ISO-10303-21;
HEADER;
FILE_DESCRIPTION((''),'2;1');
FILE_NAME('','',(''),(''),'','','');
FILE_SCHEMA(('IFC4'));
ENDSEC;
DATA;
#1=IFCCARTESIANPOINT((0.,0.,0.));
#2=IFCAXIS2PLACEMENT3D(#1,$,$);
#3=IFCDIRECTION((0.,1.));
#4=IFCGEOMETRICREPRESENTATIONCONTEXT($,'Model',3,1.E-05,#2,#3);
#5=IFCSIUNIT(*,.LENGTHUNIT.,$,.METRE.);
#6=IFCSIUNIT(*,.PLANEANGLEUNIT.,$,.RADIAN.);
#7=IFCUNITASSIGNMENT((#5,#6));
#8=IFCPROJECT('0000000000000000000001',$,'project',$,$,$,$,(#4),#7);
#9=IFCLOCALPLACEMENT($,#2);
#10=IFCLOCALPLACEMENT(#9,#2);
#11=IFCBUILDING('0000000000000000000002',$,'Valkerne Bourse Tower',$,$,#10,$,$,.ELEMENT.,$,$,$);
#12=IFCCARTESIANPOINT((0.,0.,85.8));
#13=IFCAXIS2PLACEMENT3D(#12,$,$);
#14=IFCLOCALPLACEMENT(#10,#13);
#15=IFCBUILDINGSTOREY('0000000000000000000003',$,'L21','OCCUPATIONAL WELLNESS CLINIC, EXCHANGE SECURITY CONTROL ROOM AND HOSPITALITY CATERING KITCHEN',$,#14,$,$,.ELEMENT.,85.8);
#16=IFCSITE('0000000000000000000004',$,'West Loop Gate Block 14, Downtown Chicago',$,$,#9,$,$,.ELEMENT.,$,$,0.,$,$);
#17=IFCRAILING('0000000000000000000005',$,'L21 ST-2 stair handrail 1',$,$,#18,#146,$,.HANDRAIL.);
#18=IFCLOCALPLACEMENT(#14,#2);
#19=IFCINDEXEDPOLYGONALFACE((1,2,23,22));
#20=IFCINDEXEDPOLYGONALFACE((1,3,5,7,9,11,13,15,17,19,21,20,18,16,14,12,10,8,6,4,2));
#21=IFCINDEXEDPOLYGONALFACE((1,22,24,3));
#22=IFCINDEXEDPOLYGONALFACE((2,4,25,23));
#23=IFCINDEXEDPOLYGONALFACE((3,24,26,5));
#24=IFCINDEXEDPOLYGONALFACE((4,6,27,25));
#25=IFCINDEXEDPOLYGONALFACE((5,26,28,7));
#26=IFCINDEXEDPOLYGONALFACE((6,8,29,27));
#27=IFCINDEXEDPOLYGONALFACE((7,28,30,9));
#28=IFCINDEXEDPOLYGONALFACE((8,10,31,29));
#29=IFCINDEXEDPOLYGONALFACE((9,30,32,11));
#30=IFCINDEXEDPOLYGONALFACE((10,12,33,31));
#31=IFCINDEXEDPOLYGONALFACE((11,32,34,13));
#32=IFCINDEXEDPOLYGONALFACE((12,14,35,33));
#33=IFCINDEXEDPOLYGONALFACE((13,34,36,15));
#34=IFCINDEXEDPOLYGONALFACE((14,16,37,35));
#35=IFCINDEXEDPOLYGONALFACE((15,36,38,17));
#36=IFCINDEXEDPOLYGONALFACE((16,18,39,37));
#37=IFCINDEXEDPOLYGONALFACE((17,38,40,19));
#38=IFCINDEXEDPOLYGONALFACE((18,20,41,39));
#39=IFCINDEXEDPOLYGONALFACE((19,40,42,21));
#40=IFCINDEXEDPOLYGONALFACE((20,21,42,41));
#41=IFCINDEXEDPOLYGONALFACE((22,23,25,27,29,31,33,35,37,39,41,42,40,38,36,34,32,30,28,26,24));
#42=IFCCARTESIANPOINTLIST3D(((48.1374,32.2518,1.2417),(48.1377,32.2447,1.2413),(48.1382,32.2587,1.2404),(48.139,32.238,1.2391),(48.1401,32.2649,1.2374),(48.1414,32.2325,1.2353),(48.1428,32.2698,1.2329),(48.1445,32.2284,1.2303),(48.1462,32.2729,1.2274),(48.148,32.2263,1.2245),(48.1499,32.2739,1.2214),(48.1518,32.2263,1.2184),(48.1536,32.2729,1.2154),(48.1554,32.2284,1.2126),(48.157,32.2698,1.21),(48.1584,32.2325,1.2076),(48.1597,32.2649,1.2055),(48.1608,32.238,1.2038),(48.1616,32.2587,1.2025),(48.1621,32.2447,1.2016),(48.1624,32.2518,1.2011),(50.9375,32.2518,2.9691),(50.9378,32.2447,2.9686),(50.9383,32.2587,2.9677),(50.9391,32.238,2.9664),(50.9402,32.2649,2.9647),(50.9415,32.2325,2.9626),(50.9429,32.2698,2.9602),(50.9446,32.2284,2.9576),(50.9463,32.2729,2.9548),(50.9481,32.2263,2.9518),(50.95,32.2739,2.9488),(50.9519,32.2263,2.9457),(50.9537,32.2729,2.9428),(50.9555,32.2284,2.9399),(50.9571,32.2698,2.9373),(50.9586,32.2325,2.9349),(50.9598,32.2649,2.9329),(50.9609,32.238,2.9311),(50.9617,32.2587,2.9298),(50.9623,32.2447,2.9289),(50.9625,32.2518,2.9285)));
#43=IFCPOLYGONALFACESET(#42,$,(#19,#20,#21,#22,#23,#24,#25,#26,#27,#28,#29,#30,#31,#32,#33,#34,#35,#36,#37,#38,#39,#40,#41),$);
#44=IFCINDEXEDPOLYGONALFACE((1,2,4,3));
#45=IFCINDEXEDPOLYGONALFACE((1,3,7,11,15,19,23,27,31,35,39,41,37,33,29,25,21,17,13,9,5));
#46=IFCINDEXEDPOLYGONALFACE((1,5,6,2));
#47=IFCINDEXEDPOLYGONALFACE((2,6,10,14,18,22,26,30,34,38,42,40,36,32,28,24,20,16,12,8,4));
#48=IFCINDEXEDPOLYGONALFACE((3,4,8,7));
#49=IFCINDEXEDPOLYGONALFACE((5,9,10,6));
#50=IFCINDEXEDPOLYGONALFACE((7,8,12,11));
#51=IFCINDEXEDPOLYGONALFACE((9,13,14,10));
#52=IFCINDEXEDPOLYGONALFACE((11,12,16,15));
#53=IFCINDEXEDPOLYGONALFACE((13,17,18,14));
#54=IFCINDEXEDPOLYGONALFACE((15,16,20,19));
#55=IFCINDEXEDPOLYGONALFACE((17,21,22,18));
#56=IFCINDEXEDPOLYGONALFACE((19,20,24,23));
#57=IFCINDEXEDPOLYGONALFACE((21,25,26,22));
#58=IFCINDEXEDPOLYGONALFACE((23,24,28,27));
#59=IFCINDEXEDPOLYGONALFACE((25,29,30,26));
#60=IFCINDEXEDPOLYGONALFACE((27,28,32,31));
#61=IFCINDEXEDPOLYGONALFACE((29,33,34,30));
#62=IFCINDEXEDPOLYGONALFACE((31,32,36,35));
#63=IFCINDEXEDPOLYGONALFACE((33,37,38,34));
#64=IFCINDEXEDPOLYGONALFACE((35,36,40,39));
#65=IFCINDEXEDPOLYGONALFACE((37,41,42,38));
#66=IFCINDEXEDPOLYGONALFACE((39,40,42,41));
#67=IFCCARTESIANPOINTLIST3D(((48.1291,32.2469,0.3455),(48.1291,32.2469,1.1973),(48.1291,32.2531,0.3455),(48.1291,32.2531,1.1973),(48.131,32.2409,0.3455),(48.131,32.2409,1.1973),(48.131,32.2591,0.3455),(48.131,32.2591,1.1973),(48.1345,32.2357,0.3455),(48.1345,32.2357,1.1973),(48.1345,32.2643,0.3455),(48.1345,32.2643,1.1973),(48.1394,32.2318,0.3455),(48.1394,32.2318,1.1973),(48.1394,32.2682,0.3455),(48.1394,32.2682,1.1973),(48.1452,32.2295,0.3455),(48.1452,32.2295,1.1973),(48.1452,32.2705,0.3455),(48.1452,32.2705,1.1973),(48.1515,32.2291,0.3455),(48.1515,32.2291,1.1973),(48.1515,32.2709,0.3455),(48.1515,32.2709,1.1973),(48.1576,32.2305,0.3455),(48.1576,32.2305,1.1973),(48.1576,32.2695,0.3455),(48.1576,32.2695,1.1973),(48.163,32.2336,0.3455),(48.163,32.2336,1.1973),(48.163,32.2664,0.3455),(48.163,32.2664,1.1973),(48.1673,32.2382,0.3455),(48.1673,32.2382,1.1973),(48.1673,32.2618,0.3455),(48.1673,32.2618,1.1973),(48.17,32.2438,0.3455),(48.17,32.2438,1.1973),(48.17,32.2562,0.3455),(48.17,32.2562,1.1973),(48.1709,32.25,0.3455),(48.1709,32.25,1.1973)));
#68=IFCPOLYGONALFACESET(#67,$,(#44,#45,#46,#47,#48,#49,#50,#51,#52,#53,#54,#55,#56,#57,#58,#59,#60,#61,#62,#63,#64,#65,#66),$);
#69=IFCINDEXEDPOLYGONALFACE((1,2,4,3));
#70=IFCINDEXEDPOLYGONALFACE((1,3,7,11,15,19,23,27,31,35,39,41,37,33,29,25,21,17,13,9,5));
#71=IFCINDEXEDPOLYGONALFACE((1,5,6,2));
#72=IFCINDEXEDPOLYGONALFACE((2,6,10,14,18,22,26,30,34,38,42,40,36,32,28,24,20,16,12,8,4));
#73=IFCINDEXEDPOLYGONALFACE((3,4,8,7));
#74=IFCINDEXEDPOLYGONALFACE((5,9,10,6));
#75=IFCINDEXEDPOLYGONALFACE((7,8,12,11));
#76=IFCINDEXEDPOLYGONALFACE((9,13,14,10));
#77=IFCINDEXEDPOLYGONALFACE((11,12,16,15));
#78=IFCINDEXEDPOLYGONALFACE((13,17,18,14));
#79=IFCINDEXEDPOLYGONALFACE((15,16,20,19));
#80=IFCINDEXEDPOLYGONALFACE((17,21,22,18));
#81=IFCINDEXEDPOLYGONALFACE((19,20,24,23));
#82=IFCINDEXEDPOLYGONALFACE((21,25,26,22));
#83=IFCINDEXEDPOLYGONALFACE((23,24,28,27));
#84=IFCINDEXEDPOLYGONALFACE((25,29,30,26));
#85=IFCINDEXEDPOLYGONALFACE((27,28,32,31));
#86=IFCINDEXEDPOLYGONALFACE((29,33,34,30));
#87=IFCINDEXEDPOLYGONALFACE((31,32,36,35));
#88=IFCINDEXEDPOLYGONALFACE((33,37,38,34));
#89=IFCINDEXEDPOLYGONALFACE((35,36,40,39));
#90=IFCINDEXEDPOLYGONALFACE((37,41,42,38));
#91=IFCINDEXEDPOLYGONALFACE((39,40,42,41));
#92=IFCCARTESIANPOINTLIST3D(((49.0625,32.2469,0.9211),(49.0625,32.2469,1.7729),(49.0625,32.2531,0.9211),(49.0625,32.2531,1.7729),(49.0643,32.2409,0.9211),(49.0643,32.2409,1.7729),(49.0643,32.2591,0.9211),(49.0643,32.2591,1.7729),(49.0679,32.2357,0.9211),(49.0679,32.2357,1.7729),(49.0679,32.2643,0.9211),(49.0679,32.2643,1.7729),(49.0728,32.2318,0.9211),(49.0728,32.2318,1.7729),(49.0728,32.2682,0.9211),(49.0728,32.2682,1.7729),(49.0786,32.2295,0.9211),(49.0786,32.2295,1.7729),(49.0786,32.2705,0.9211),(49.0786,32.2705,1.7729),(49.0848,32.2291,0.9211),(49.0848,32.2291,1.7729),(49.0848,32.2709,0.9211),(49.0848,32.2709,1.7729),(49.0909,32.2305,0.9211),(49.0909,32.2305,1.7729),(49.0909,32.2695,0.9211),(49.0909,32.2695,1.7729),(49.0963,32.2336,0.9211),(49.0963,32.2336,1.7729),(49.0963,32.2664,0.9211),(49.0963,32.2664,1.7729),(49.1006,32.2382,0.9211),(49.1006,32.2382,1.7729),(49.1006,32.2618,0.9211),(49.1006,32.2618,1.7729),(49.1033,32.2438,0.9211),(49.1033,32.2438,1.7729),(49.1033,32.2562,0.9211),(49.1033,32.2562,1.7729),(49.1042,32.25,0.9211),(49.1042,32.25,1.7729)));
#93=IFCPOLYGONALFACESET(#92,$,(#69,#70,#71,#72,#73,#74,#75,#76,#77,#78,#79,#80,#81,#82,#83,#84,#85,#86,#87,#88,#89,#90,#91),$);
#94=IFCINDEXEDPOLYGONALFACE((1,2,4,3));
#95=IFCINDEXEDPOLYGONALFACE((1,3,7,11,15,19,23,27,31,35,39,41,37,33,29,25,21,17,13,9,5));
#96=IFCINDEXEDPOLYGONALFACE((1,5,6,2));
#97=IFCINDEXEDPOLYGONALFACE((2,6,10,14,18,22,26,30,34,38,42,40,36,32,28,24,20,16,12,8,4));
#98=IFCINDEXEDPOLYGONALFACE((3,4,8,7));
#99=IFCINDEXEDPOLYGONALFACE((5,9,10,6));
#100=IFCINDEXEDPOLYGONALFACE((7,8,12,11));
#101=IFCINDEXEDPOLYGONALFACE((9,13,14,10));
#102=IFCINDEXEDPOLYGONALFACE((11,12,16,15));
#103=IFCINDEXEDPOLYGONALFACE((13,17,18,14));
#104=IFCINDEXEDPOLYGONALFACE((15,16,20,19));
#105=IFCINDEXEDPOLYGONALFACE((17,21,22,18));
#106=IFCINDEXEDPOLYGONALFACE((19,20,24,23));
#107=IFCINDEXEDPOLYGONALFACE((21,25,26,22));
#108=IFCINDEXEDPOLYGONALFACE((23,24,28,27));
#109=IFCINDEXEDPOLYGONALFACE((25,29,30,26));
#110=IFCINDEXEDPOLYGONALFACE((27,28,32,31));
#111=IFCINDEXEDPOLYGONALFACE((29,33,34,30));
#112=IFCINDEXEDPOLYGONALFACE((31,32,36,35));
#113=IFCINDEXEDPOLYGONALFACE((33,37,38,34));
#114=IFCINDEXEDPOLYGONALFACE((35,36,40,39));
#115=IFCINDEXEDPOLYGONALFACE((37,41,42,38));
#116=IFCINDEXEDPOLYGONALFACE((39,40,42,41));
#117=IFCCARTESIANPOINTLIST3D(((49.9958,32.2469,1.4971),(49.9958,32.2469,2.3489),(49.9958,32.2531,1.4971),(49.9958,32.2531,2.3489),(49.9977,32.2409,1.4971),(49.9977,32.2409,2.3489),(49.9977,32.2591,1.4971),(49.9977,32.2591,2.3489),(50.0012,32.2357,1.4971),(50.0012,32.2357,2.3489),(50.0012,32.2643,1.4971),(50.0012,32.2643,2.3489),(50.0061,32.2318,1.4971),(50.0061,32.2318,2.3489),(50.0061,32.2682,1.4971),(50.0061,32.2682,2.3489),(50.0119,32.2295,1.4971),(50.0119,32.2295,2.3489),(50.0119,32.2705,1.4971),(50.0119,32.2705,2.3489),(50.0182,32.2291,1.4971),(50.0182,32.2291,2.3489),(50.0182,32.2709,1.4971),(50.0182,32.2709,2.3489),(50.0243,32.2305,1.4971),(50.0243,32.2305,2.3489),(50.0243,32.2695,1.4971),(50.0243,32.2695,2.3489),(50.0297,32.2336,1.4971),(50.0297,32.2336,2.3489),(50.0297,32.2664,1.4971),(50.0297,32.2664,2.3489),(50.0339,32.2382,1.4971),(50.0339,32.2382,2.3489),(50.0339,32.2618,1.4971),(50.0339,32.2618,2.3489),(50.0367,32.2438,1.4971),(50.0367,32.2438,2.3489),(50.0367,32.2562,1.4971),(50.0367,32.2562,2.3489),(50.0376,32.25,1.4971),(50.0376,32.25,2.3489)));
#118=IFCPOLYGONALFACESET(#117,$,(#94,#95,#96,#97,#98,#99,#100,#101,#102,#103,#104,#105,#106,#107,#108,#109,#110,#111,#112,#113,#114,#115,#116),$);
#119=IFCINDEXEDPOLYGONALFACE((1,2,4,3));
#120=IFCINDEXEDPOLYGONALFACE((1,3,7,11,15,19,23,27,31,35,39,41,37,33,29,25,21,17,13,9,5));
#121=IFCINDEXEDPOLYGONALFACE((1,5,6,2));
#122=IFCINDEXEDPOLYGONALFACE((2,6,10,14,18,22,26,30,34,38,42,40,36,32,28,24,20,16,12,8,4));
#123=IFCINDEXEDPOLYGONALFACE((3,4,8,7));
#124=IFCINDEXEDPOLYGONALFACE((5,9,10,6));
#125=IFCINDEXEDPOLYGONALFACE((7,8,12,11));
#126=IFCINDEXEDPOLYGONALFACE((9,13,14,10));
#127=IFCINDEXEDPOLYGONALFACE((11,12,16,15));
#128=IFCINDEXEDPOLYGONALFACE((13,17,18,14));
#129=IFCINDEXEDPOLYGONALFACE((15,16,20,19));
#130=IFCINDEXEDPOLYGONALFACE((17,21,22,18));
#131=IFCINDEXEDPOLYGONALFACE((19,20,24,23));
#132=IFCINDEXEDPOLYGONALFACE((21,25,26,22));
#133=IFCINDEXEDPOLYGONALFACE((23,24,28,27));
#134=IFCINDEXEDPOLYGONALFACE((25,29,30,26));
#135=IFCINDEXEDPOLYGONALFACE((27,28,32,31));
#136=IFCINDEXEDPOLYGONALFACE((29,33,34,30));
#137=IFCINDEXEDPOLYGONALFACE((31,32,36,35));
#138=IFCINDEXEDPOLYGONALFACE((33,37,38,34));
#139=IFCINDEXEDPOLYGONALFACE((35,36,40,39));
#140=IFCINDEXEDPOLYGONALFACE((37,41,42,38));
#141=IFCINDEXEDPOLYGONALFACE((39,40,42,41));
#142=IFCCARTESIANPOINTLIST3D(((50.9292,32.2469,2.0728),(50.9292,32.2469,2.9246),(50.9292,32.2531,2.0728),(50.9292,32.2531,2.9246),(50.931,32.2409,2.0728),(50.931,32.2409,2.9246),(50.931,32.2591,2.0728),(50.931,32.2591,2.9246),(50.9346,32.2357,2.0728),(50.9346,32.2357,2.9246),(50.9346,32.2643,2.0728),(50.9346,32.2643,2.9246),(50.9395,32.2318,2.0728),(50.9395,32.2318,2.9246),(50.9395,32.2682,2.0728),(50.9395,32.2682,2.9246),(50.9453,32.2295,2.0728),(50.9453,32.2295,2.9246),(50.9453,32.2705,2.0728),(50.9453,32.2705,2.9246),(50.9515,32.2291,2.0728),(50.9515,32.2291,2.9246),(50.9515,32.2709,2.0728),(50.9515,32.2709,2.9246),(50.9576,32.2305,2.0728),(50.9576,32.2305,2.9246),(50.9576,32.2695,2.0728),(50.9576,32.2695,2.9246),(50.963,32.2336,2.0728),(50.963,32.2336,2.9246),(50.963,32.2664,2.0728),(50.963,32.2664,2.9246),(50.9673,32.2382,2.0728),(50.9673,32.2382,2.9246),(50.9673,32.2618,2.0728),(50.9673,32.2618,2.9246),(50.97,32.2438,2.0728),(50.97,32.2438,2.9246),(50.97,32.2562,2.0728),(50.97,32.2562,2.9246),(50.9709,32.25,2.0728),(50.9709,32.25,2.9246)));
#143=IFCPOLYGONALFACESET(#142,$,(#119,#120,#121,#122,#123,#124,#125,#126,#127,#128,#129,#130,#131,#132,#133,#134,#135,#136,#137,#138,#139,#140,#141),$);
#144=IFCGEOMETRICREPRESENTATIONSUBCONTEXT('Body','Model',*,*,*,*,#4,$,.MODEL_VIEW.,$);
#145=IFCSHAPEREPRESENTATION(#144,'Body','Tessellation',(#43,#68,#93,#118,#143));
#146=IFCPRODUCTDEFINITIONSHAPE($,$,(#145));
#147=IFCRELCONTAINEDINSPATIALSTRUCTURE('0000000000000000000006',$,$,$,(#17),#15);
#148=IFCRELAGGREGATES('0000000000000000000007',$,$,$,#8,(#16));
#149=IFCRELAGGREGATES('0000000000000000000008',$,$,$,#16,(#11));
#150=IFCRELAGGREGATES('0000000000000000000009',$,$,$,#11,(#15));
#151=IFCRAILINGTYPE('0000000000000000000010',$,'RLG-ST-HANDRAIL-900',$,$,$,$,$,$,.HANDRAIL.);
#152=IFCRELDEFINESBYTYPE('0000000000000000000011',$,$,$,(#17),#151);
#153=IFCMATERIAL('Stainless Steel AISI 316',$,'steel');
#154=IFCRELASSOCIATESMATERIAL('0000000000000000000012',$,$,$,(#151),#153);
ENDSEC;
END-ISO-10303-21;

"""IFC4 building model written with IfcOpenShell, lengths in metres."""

from ifc_helpers import new_model, si_unit, direction, frame, origin, origin_2d, place, context, subcontext, project, spatial, circle, extrude, material, type_object, element, save


model = new_model("IFC4")

# Units and contexts
model_context = context("Model", 3, precision=1e-05, world=origin(), true_north=direction((0.0, 1.0)))
body_context = subcontext(model_context, "Body", "Model", "MODEL_VIEW")
ifc_project = project(units=[si_unit("LENGTHUNIT", "METRE"), si_unit("PLANEANGLEUNIT", "RADIAN")], contexts=[model_context])

# Site, building, storey
site_placement = place(None, origin())
site = spatial("IfcSite", under=ifc_project, at=site_placement, Name="West Loop Gate Block 14, Downtown Chicago", CompositionType="ELEMENT", RefElevation=0.0)
building_placement = place(site_placement, origin())
building = spatial("IfcBuilding", under=site, at=building_placement, Name="Valkerne Bourse Tower", CompositionType="ELEMENT")
storey_placement = place(building_placement, frame((0.0, 0.0, 85.8)))
storey = spatial("IfcBuildingStorey", under=building, at=storey_placement, Name="L21", Description="OCCUPATIONAL WELLNESS CLINIC, EXCHANGE SECURITY CONTROL ROOM AND HOSPITALITY CATERING KITCHEN", CompositionType="ELEMENT", Elevation=85.8)

# Shared definitions
ifc_material_1 = material(Name="Stainless Steel AISI 316", Category="steel")

# Railing
railing_type_1 = type_object("IfcRailingType", Name="RLG-ST-HANDRAIL-900", PredefinedType="HANDRAIL", material=ifc_material_1)
railing_1_placement = place(storey_placement, frame((48.1499, 32.25, 0.3455)))
element("IfcRailing", 1, at=railing_1_placement, inside=storey, type_object=railing_type_1, Name="L21 ST-2 stair handrail 1", PredefinedType="HANDRAIL", context=body_context, shape_type="SweptSolid", body=[
    extrude(circle(Radius=0.0239, at=origin_2d()), frame((0.0, 0.0, 0.876), z_axis=(0.85109, 0.0, 0.52502), x_axis=(0.0, 1.0, 0.0)), (0.0, 0.0, 1.0), 3.29),
    extrude(circle(Radius=0.021, at=origin_2d()), origin(), (0.0, 0.0, 1.0), 0.8518),
    extrude(circle(Radius=0.021, at=origin_2d()), frame((0.9333, 0.0, 0.5757)), (0.0, 0.0, 1.0), 0.8518),
    extrude(circle(Radius=0.021, at=origin_2d()), frame((1.8667, 0.0, 1.1516)), (0.0, 0.0, 1.0), 0.8518),
    extrude(circle(Radius=0.021, at=origin_2d()), frame((2.8, 0.0, 1.7273)), (0.0, 0.0, 1.0), 0.8518),
])

save(model, "model.ifc")
